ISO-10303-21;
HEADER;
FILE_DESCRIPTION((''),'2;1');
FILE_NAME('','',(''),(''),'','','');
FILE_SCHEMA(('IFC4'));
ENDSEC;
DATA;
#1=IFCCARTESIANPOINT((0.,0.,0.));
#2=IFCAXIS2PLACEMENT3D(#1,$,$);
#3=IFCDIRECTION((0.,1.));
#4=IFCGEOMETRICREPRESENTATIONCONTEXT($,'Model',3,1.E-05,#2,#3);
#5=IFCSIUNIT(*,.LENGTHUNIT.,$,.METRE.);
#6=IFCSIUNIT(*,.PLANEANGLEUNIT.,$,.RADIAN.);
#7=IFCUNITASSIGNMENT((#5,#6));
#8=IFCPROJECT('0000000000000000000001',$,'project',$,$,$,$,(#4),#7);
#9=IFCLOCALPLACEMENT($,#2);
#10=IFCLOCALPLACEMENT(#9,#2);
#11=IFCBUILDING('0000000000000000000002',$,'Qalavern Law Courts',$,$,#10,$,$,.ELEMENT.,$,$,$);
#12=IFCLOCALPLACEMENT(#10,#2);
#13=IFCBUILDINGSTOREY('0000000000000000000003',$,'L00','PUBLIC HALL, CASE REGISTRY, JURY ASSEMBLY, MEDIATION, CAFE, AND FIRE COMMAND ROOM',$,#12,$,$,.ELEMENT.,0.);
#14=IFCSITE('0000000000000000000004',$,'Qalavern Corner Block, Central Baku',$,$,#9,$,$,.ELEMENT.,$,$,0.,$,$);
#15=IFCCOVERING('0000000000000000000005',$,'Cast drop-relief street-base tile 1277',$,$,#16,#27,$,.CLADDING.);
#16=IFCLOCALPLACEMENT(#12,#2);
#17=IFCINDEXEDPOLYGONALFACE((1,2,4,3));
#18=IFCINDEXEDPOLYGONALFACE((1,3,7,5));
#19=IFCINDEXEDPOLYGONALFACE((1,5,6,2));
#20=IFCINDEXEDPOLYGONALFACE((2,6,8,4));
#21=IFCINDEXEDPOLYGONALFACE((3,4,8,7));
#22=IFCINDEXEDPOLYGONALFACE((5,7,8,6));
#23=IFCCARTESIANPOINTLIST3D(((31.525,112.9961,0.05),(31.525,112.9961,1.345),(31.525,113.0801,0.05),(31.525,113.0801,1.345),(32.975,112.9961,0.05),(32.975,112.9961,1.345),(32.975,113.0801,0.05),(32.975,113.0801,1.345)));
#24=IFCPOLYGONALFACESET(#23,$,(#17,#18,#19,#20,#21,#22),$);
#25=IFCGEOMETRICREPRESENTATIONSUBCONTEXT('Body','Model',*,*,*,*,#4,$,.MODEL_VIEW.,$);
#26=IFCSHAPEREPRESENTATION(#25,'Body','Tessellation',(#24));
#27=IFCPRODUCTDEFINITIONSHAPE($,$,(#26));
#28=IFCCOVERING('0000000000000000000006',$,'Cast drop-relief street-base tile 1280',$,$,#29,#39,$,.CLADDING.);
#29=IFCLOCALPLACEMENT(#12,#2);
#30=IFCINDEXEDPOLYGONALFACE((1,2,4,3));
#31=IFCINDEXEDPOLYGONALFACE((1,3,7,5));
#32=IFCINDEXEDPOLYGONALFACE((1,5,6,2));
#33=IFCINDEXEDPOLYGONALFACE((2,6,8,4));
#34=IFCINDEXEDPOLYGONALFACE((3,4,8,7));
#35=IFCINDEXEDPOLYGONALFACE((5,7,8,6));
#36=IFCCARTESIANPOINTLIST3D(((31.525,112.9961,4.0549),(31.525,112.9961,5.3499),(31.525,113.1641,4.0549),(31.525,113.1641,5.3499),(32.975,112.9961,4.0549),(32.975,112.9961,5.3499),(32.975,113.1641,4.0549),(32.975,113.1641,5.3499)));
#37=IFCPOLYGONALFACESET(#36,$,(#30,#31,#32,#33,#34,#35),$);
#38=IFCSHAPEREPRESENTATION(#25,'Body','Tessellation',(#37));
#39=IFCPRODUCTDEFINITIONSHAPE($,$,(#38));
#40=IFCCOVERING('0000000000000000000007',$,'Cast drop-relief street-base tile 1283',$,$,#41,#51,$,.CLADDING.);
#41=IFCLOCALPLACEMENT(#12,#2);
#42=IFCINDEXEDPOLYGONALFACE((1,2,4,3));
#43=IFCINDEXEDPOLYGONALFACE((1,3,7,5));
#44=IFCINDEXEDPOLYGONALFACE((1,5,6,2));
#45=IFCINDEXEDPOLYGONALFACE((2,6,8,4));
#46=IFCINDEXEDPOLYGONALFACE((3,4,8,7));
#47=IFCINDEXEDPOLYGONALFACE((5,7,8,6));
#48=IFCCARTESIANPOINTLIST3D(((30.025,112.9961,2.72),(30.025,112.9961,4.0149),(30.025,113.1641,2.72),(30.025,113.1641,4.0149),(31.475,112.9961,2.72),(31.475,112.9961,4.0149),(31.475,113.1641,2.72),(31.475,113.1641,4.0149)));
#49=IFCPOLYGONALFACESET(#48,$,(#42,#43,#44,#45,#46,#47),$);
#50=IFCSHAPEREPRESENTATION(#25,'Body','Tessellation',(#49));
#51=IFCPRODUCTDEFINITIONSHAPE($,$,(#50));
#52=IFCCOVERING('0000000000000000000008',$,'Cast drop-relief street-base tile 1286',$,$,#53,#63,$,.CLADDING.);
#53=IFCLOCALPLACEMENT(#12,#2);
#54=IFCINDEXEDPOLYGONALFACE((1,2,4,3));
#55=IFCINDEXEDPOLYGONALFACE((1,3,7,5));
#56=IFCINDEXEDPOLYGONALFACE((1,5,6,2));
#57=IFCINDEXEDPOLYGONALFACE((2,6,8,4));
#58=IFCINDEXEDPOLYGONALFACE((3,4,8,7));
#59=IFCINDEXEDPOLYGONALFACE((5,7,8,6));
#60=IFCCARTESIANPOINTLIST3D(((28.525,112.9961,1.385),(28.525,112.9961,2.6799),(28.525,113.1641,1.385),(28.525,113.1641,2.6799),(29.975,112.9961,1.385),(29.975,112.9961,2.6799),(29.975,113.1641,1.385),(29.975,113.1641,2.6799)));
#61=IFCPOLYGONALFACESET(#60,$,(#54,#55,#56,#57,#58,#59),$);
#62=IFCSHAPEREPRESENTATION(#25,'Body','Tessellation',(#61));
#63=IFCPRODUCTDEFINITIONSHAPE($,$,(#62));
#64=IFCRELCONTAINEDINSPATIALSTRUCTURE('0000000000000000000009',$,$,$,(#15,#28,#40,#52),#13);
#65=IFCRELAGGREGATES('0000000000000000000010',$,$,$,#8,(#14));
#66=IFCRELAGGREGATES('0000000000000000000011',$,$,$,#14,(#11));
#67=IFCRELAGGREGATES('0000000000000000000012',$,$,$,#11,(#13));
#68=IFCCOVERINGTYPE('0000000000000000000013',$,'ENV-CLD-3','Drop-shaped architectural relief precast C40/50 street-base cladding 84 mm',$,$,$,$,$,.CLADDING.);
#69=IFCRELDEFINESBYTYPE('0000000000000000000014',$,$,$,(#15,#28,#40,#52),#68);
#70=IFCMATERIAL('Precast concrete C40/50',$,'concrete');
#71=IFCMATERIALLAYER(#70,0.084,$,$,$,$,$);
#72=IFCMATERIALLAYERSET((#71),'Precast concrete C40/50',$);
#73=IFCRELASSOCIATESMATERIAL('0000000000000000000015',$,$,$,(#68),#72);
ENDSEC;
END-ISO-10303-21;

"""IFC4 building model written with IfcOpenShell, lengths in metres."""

from ifc_helpers import new_model, si_unit, direction, frame, origin, origin_2d, place, context, subcontext, project, spatial, rectangle, extrude, material, layer, layer_set, type_object, element, save


model = new_model("IFC4")

# Units and contexts
model_context = context("Model", 3, precision=1e-05, world=origin(), true_north=direction((0.0, 1.0)))
body_context = subcontext(model_context, "Body", "Model", "MODEL_VIEW")
ifc_project = project(units=[si_unit("LENGTHUNIT", "METRE"), si_unit("PLANEANGLEUNIT", "RADIAN")], contexts=[model_context])

# Site, building, storey
site_placement = place(None, origin())
site = spatial("IfcSite", under=ifc_project, at=site_placement, Name="Qalavern Corner Block, Central Baku", CompositionType="ELEMENT", RefElevation=0.0)
building_placement = place(site_placement, origin())
building = spatial("IfcBuilding", under=site, at=building_placement, Name="Qalavern Law Courts", CompositionType="ELEMENT")
storey_placement = place(building_placement, origin())
storey = spatial("IfcBuildingStorey", under=building, at=storey_placement, Name="L00", Description="PUBLIC HALL, CASE REGISTRY, JURY ASSEMBLY, MEDIATION, CAFE, AND FIRE COMMAND ROOM", CompositionType="ELEMENT", Elevation=0.0)

# Coverings
ifc_material_1 = material(Name="Precast concrete C40/50", Category="concrete")
ifc_layer_1 = layer(ifc_material_1, 0.084)
ifc_layer_set_1 = layer_set([ifc_layer_1], Name="Precast concrete C40/50")
covering_type_1 = type_object("IfcCoveringType", Name="ENV-CLD-3", Description="Drop-shaped architectural relief precast C40/50 street-base cladding 84 mm", PredefinedType="CLADDING", material=ifc_layer_set_1)
covering_1_placement = place(storey_placement, frame((32.25, 113.0381, 0.05), z_axis=(0.0, 0.0, 1.0), x_axis=(-1.0, 0.0, 0.0)))
element("IfcCovering", 1, at=covering_1_placement, inside=storey, type_object=covering_type_1, Name="Cast drop-relief street-base tile 1277", PredefinedType="CLADDING", context=body_context, shape_type="SweptSolid", body=[
    extrude(rectangle(XDim=1.45, YDim=0.084, at=origin_2d()), origin(), (0.0, 0.0, 1.0), 1.2949),
])
for number, where, z_axis, x_axis, name in (
    (2, (32.25, 113.0801, 4.0549), (0.0, 0.0, 1.0), (-1.0, 0.0, 0.0), "Cast drop-relief street-base tile 1280"),
    (3, (30.75, 113.0801, 2.72), (0.0, 0.0, 1.0), (-1.0, 0.0, 0.0), "Cast drop-relief street-base tile 1283"),
    (4, (29.25, 113.0801, 1.385), (0.0, 0.0, 1.0), (-1.0, 0.0, 0.0), "Cast drop-relief street-base tile 1286"),
):
    element("IfcCovering", number, at=place(storey_placement, frame(where, z_axis=z_axis, x_axis=x_axis)), inside=storey, type_object=covering_type_1, Name=name, PredefinedType="CLADDING", context=body_context, shape_type="SweptSolid", body=[
        extrude(rectangle(XDim=1.45, YDim=0.168, at=origin_2d()), origin(), (0.0, 0.0, 1.0), 1.2949),
    ])

save(model, "model.ifc")
